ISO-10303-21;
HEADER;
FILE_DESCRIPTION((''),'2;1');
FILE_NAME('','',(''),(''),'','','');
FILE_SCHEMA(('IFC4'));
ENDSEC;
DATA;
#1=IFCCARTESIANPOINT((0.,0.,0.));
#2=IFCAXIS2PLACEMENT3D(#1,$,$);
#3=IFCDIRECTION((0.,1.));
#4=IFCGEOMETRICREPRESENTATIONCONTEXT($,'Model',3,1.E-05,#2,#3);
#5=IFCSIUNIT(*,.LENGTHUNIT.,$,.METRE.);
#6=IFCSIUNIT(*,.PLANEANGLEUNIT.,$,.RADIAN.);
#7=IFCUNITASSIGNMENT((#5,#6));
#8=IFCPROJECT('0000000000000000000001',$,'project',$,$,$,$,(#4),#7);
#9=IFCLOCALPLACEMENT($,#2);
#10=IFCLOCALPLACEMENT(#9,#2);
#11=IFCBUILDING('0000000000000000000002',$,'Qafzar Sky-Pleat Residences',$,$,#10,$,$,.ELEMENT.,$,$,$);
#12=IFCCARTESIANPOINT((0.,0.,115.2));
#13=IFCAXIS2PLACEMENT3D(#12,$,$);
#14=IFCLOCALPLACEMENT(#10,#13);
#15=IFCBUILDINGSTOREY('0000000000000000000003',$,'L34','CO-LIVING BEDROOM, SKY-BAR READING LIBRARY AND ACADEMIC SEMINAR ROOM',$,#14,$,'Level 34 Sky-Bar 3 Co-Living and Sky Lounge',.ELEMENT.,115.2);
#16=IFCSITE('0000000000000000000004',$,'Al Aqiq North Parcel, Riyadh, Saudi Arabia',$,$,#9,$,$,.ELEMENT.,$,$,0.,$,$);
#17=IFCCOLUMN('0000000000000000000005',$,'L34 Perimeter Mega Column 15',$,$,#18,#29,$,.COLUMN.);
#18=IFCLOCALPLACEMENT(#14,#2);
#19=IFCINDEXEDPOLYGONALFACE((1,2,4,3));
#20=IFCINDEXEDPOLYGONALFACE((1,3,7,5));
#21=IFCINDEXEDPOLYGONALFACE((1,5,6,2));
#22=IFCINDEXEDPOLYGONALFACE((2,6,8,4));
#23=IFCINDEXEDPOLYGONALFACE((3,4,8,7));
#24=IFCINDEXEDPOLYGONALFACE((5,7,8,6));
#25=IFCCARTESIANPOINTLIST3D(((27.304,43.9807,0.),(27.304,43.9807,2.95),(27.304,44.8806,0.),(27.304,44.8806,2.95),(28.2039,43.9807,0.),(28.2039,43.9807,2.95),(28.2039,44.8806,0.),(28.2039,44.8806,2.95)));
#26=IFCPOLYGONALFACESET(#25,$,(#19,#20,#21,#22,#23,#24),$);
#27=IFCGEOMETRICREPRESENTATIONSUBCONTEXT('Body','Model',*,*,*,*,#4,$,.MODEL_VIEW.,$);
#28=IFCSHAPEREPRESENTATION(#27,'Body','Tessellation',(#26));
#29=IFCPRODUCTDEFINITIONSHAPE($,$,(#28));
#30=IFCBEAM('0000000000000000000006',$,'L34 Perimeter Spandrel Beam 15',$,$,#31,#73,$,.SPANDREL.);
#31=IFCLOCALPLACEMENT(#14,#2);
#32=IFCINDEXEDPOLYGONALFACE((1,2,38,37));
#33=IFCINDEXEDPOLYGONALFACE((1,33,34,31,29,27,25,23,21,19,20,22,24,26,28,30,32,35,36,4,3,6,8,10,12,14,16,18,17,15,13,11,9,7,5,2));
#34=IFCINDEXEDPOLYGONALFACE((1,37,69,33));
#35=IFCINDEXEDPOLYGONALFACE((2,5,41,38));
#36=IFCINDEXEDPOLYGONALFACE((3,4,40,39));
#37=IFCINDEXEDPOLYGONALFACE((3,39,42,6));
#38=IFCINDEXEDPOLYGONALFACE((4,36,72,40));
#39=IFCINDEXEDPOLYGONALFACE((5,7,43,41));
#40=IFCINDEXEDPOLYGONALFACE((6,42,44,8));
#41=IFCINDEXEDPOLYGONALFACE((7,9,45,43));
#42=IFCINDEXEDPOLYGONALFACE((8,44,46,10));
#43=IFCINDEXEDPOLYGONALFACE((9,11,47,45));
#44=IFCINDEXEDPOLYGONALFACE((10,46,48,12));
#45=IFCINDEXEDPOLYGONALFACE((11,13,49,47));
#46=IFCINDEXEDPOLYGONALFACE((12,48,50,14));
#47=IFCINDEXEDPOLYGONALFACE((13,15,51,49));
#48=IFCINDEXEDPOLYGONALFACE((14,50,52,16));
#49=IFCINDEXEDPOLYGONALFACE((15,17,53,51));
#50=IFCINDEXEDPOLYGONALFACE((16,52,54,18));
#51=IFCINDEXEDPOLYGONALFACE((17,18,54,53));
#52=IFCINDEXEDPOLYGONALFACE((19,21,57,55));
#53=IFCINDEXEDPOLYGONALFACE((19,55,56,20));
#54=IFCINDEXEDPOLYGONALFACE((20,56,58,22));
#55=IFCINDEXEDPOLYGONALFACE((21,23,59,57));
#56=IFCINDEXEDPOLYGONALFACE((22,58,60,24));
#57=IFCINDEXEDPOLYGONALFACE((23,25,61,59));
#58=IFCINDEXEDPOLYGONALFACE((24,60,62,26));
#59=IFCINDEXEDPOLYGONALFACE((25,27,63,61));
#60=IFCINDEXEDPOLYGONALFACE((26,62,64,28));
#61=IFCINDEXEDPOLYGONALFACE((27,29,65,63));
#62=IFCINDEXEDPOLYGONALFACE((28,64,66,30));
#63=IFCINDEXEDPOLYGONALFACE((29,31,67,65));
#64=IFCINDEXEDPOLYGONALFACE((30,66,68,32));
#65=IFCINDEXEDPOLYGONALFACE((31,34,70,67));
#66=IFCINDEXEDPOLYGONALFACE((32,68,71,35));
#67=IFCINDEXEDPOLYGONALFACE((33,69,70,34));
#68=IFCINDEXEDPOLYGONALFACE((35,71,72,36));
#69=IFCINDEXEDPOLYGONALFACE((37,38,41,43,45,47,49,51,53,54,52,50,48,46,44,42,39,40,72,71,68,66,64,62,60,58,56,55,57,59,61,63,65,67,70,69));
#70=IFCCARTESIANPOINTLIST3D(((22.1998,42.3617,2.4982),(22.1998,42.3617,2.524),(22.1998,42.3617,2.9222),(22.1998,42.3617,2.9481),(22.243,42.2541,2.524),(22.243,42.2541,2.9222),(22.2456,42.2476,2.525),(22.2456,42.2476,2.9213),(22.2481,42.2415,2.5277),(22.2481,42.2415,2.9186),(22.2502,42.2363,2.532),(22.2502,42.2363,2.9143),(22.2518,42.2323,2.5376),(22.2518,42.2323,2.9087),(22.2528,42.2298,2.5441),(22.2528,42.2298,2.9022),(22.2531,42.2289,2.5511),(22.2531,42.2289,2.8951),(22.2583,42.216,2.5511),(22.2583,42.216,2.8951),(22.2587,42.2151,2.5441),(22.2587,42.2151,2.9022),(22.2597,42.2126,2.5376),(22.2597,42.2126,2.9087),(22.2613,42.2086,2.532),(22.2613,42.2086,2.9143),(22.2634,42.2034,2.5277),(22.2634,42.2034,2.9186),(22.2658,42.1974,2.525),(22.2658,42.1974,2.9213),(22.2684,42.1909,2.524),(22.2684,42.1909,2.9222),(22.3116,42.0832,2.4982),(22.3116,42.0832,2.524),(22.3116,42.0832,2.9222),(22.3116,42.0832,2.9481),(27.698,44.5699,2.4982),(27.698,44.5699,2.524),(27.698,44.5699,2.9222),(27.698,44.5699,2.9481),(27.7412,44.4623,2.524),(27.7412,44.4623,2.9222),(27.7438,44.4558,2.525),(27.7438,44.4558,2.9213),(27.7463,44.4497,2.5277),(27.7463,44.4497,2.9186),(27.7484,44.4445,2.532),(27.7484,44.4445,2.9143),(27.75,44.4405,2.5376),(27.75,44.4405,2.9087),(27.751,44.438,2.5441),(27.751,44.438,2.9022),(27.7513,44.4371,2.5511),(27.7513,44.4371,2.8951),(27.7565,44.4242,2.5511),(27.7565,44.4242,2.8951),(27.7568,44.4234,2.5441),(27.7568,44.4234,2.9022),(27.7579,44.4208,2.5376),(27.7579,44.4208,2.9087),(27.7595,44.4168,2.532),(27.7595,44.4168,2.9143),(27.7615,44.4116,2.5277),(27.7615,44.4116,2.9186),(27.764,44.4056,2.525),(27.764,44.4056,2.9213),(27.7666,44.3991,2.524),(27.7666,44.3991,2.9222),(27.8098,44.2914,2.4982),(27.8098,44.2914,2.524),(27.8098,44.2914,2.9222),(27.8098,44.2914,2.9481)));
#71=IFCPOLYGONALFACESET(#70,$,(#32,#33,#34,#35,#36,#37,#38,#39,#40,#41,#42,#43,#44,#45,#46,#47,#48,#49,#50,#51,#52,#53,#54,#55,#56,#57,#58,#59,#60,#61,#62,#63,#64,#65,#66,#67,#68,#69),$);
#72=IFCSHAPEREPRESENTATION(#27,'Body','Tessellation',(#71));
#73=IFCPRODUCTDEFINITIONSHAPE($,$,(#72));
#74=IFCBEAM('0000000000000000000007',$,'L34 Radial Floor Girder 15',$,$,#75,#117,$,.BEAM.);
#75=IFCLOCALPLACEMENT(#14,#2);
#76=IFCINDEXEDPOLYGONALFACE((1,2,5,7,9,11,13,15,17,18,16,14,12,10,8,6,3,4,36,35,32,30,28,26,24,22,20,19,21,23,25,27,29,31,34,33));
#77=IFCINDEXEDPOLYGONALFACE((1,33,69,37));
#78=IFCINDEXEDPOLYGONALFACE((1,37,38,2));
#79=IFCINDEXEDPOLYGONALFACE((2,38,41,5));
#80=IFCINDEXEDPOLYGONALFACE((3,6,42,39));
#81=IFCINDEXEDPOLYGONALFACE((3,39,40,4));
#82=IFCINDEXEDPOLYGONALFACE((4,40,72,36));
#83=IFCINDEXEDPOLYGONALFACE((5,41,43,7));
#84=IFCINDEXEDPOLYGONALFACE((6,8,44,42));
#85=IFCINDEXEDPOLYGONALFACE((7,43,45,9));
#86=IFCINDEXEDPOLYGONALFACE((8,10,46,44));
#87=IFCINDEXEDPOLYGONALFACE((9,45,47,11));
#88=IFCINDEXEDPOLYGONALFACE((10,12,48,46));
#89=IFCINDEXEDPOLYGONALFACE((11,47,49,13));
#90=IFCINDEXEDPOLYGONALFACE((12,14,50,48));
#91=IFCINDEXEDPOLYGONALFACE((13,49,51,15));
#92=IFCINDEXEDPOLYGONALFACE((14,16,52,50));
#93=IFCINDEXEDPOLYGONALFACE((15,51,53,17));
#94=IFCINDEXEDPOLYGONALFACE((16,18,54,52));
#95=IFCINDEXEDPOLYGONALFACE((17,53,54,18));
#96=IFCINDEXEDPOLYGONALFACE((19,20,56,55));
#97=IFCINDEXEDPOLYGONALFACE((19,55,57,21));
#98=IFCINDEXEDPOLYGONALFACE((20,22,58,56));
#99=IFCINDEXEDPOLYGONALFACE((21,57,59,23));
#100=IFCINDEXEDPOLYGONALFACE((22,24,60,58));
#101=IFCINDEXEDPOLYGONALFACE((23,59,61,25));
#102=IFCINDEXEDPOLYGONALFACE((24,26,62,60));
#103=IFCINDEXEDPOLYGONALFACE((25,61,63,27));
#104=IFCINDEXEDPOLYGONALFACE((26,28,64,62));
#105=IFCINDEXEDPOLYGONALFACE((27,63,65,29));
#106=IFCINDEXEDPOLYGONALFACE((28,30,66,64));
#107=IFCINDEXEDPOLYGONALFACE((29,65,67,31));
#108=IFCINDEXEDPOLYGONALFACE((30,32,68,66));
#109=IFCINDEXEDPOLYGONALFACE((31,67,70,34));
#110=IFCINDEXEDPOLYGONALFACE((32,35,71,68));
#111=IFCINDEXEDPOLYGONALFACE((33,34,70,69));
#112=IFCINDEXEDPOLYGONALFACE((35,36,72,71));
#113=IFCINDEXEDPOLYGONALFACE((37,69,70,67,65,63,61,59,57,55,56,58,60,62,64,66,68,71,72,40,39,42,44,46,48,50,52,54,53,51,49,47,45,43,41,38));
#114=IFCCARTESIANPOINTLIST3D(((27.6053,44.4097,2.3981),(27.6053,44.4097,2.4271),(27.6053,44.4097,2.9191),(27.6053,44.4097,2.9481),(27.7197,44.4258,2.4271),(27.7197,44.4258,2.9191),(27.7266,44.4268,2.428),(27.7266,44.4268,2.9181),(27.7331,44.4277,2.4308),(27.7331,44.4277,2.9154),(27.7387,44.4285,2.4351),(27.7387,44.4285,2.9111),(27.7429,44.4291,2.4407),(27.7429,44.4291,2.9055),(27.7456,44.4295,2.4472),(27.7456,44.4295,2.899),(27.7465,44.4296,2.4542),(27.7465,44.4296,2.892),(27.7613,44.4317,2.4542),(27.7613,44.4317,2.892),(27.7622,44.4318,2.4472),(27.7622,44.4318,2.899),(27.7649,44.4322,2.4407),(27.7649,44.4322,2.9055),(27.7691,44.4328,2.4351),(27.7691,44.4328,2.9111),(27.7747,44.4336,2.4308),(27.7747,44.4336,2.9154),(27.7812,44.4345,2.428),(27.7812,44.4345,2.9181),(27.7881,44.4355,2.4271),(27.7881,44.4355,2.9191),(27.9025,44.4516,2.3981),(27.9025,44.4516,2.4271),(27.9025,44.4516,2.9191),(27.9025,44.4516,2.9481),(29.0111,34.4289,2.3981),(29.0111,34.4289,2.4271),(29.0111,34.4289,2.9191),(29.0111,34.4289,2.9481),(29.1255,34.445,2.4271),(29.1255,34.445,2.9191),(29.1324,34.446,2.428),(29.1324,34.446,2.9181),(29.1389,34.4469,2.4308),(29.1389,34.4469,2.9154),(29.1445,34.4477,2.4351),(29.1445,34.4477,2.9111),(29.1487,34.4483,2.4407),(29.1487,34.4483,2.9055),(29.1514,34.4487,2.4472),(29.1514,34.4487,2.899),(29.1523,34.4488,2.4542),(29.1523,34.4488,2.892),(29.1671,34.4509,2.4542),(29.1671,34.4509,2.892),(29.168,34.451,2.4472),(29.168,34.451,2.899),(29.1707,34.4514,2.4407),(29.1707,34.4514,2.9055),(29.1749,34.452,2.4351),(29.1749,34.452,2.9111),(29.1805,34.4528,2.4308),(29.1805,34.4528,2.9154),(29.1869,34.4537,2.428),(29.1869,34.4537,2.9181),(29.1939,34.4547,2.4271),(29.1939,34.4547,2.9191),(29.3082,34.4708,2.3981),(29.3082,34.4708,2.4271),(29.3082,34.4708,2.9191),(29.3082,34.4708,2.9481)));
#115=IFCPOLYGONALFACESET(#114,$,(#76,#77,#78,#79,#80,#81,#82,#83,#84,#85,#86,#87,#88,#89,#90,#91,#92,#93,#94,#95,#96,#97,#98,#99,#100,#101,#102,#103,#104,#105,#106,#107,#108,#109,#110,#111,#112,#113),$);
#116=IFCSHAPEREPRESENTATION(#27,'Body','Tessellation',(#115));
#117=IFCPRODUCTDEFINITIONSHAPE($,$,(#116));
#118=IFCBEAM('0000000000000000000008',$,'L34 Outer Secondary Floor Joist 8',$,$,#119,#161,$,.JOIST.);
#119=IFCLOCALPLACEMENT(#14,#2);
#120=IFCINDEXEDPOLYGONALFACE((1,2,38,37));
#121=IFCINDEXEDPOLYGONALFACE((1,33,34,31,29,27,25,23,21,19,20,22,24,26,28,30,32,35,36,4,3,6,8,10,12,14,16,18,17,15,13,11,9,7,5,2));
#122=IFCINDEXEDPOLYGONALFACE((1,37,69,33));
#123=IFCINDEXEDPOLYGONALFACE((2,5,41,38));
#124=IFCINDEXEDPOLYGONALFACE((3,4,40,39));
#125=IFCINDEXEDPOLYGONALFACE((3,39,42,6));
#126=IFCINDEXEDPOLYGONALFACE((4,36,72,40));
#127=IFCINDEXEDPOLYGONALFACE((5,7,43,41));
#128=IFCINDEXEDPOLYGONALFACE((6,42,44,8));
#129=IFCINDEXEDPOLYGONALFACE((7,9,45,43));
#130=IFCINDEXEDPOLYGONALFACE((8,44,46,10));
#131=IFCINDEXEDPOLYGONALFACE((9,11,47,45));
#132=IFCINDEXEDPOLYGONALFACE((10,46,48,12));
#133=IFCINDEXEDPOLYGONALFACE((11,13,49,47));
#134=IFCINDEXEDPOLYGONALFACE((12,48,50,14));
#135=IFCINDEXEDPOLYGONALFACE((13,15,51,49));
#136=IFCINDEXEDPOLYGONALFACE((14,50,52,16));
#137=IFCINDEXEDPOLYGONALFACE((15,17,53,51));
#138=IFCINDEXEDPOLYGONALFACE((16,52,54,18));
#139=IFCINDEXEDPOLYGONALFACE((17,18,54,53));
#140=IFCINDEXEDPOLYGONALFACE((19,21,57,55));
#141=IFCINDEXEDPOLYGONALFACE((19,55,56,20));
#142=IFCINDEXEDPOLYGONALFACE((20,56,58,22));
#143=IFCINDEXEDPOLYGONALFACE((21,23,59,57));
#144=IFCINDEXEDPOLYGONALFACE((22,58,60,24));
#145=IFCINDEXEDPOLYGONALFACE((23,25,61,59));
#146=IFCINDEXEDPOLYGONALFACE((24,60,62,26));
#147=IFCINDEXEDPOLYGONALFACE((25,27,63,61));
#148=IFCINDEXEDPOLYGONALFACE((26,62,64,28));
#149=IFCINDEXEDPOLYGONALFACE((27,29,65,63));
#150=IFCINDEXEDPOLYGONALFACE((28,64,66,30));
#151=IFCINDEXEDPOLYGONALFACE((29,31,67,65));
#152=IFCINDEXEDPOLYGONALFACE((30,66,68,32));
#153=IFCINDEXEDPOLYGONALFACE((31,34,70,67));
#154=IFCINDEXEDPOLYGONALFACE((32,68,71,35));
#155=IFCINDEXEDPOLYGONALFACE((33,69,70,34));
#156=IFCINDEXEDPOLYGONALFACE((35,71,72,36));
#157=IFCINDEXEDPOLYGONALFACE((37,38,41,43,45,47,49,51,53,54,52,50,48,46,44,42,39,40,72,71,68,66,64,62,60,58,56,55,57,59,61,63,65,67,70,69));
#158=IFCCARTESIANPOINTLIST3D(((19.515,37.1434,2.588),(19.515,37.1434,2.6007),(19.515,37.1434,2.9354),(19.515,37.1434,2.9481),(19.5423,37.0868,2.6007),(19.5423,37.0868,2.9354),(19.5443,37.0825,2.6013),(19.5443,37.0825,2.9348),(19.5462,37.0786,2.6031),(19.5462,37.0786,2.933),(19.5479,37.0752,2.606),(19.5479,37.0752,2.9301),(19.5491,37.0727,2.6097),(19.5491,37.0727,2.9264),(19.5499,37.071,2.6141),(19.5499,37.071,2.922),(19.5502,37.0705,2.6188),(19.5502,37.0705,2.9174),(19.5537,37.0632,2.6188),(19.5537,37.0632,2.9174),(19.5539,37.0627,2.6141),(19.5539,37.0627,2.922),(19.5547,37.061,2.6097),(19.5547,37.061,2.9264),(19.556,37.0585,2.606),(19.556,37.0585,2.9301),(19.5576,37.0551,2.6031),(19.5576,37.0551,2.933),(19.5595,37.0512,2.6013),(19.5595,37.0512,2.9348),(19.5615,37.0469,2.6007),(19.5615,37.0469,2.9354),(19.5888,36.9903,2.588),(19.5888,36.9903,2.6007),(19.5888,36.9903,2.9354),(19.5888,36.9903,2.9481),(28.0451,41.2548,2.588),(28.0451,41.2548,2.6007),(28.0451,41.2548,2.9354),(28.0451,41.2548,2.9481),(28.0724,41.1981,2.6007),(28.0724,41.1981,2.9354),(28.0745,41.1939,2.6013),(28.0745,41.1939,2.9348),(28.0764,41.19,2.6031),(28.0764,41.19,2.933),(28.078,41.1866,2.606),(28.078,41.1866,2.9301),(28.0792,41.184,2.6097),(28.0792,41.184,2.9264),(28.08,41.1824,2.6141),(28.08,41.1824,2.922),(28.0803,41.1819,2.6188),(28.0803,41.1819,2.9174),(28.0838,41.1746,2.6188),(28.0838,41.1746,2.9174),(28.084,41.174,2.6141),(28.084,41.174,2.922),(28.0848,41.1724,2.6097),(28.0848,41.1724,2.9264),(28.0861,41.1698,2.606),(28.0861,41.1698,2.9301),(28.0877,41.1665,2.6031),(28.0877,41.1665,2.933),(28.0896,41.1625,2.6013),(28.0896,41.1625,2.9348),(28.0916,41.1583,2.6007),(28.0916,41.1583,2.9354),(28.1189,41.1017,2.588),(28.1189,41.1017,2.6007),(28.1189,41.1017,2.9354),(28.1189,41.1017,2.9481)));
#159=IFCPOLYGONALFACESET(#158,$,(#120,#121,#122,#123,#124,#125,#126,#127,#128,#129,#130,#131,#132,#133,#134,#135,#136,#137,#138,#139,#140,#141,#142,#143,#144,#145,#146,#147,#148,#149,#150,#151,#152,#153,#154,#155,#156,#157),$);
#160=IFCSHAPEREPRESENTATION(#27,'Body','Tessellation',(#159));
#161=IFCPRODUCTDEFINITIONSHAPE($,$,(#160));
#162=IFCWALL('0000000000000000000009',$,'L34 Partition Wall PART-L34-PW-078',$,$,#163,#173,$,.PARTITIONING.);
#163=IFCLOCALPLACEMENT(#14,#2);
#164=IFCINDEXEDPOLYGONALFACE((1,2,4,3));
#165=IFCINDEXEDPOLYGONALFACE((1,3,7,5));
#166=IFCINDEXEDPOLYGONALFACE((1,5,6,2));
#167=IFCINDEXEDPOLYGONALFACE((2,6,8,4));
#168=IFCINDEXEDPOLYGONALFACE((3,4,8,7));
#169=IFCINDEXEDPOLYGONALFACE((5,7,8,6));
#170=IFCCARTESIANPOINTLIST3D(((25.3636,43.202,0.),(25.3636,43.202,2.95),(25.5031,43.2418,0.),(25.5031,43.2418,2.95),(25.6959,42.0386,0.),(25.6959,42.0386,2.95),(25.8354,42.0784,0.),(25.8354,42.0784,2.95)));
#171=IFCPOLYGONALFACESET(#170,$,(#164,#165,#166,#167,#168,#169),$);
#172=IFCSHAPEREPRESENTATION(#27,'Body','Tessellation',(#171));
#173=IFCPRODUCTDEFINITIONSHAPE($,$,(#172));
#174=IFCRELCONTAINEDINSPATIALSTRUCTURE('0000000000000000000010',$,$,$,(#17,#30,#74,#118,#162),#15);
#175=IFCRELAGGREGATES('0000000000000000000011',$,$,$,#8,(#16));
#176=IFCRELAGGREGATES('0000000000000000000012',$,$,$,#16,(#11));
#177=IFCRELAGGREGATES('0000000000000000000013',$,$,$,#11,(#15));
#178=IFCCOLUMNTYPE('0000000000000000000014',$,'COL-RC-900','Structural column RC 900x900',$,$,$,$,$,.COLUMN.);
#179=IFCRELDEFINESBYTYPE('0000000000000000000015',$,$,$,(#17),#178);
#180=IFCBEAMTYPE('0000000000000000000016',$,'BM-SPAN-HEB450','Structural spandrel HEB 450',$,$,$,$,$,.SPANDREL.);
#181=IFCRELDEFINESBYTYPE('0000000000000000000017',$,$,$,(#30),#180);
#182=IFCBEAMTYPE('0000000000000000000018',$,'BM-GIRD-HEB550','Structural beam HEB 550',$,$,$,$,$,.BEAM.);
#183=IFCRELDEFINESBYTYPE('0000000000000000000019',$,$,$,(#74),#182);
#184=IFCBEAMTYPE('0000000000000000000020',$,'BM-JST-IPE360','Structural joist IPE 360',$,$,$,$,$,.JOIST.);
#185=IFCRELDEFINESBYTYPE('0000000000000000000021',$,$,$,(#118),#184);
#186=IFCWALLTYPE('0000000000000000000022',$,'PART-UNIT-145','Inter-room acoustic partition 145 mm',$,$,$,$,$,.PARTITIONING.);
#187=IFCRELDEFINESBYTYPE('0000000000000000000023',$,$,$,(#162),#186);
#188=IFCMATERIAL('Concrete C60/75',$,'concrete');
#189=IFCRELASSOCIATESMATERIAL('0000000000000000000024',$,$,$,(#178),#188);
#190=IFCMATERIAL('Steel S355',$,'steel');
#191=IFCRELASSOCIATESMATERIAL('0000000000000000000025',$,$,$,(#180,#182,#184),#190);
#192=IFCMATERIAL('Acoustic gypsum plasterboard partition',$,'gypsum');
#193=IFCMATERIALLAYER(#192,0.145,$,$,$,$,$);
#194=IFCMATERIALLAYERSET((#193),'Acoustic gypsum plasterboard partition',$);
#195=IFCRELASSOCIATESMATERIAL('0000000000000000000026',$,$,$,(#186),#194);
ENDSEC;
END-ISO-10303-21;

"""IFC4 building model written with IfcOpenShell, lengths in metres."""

from ifc_helpers import new_model, si_unit, direction, frame, frame_2d, origin, origin_2d, place, context, subcontext, project, spatial, rectangle, i_section, extrude, source, transform, mapped, material, layer, layer_set, material_profile, profile_set, type_object, element, save


model = new_model("IFC4")

# Units and contexts
model_context = context("Model", 3, precision=1e-05, world=origin(), true_north=direction((0.0, 1.0)))
body_context = subcontext(model_context, "Body", "Model", "MODEL_VIEW")
ifc_project = project(units=[si_unit("LENGTHUNIT", "METRE"), si_unit("PLANEANGLEUNIT", "RADIAN")], contexts=[model_context])

# Site, building, storey
site_placement = place(None, origin())
site = spatial("IfcSite", under=ifc_project, at=site_placement, Name="Al Aqiq North Parcel, Riyadh, Saudi Arabia", CompositionType="ELEMENT", RefElevation=0.0)
building_placement = place(site_placement, origin())
building = spatial("IfcBuilding", under=site, at=building_placement, Name="Qafzar Sky-Pleat Residences", CompositionType="ELEMENT")
storey_placement = place(building_placement, frame((0.0, 0.0, 115.2)))
storey = spatial("IfcBuildingStorey", under=building, at=storey_placement, Name="L34", Description="CO-LIVING BEDROOM, SKY-BAR READING LIBRARY AND ACADEMIC SEMINAR ROOM", LongName="Level 34 Sky-Bar 3 Co-Living and Sky Lounge", CompositionType="ELEMENT", Elevation=115.2)

# Column
ifc_material_1 = material(Name="Concrete C60/75", Category="concrete")
ifc_material_profile_1 = material_profile(ifc_material_1, rectangle(XDim=0.8999, YDim=0.8999, at=origin_2d()), Name="RC 900x900")
ifc_profile_set_1 = profile_set([ifc_material_profile_1], Name="Concrete C60/75")
column_type = type_object("IfcColumnType", Name="COL-RC-900", Description="Structural column RC 900x900", PredefinedType="COLUMN", material=ifc_profile_set_1)
shared_shape_1 = source(origin(), body_context, "Body", "SweptSolid", [
    extrude(rectangle(XDim=0.8999, YDim=0.8999, at=origin_2d()), origin(), (0.0, 0.0, 1.0), 2.95),
])
column_placement = place(storey_placement, frame((27.7539, 44.4307, 0.0), z_axis=(0.0, 0.0, 1.0), x_axis=(1.0, 0.0, 0.0)))
element("IfcColumn", 1, at=column_placement, inside=storey, type_object=column_type, Name="L34 Perimeter Mega Column 15", PredefinedType="COLUMN", context=body_context, shape_type="MappedRepresentation", body=[
    mapped(shared_shape_1, transform((0.0, 0.0, 0.0), x_axis=(1.0, 0.0, 0.0), y_axis=(0.0, 1.0, 0.0), z_axis=(0.0, 0.0, 1.0), scale=1.0)),
])

# Beams
ifc_material_2 = material(Name="Steel S355", Category="steel")
ifc_material_profile_2 = material_profile(ifc_material_2, i_section(OverallWidth=0.3, OverallDepth=0.45, WebThickness=0.0139, FlangeThickness=0.0259, FilletRadius=0.0271, at=origin_2d()), Name="HEB 450")
ifc_profile_set_2 = profile_set([ifc_material_profile_2], Name="Steel S355")
beam_type_1 = type_object("IfcBeamType", Name="BM-SPAN-HEB450", Description="Structural spandrel HEB 450", PredefinedType="SPANDREL", material=ifc_profile_set_2)
shared_shape_2 = source(origin(), body_context, "Body", "SweptSolid", [
    extrude(i_section(OverallWidth=0.3, OverallDepth=0.45, WebThickness=0.0139, FlangeThickness=0.0259, FilletRadius=0.0271, at=origin_2d()), origin(), (0.0, 0.0, 1.0), 5.925),
])
beam_1_placement = place(storey_placement, frame((27.7539, 44.4307, 2.7231), z_axis=(-0.927956, -0.37269, 0.0), x_axis=(0.37269, -0.927956, 0.0)))
element("IfcBeam", 2, at=beam_1_placement, inside=storey, type_object=beam_type_1, Name="L34 Perimeter Spandrel Beam 15", PredefinedType="SPANDREL", context=body_context, shape_type="MappedRepresentation", body=[
    mapped(shared_shape_2, transform((0.0, 0.0, 0.0), x_axis=(1.0, 0.0, 0.0), y_axis=(0.0, 1.0, 0.0), z_axis=(0.0, 0.0, 1.0), scale=1.0)),
])
ifc_material_profile_3 = material_profile(ifc_material_2, i_section(OverallWidth=0.3, OverallDepth=0.55, WebThickness=0.0149, FlangeThickness=0.0291, FilletRadius=0.0271, at=origin_2d()), Name="HEB 550")
ifc_profile_set_3 = profile_set([ifc_material_profile_3], Name="Steel S355")
beam_type_2 = type_object("IfcBeamType", Name="BM-GIRD-HEB550", Description="Structural beam HEB 550", PredefinedType="BEAM", material=ifc_profile_set_3)
shared_shape_3 = source(origin(), body_context, "Body", "SweptSolid", [
    extrude(i_section(OverallWidth=0.3, OverallDepth=0.55, WebThickness=0.0149, FlangeThickness=0.0291, FilletRadius=0.0271, at=origin_2d()), origin(), (0.0, 0.0, 1.0), 10.0793),
])
beam_2_placement = place(storey_placement, frame((27.7539, 44.4307, 2.6731), z_axis=(0.139471, -0.990226, 0.0), x_axis=(0.990226, 0.139471, 0.0)))
element("IfcBeam", 3, at=beam_2_placement, inside=storey, type_object=beam_type_2, Name="L34 Radial Floor Girder 15", PredefinedType="BEAM", context=body_context, shape_type="MappedRepresentation", body=[
    mapped(shared_shape_3, transform((0.0, 0.0, 0.0), x_axis=(1.0, 0.0, 0.0), y_axis=(0.0, 1.0, 0.0), z_axis=(0.0, 0.0, 1.0), scale=1.0)),
])
ifc_material_profile_4 = material_profile(ifc_material_2, i_section(OverallWidth=0.1699, OverallDepth=0.3601, WebThickness=0.0081, FlangeThickness=0.0127, FilletRadius=0.0181, at=origin_2d()), Name="IPE 360")
ifc_profile_set_4 = profile_set([ifc_material_profile_4], Name="Steel S355")
beam_type_3 = type_object("IfcBeamType", Name="BM-JST-IPE360", Description="Structural joist IPE 360", PredefinedType="JOIST", material=ifc_profile_set_4)
shared_shape_4 = source(origin(), body_context, "Body", "SweptSolid", [
    extrude(i_section(OverallWidth=0.1699, OverallDepth=0.3601, WebThickness=0.0081, FlangeThickness=0.0127, FilletRadius=0.0181, at=origin_2d()), origin(), (0.0, 0.0, 1.0), 9.4692),
])
beam_3_placement = place(storey_placement, frame((28.082, 41.1782, 2.7681), z_axis=(-0.900825, -0.434182, 0.0), x_axis=(0.434182, -0.900825, 0.0)))
element("IfcBeam", 4, at=beam_3_placement, inside=storey, type_object=beam_type_3, Name="L34 Outer Secondary Floor Joist 8", PredefinedType="JOIST", context=body_context, shape_type="MappedRepresentation", body=[
    mapped(shared_shape_4, transform((0.0, 0.0, 0.0), x_axis=(1.0, 0.0, 0.0), y_axis=(0.0, 1.0, 0.0), z_axis=(0.0, 0.0, 1.0), scale=1.0)),
])

# Wall
ifc_material_3 = material(Name="Acoustic gypsum plasterboard partition", Category="gypsum")
ifc_layer_1 = layer(ifc_material_3, 0.145)
ifc_layer_set_1 = layer_set([ifc_layer_1], Name="Acoustic gypsum plasterboard partition")
wall_type_1 = type_object("IfcWallType", Name="PART-UNIT-145", Description="Inter-room acoustic partition 145 mm", PredefinedType="PARTITIONING", material=ifc_layer_set_1)
wall_1_placement = place(storey_placement, frame((25.4333, 43.2219, 0.0), z_axis=(0.0, 0.0, 1.0), x_axis=(0.274641, -0.961547, 0.0)))
element("IfcWall", 5, at=wall_1_placement, inside=storey, type_object=wall_type_1, Name="L34 Partition Wall PART-L34-PW-078", PredefinedType="PARTITIONING", context=body_context, shape_type="SweptSolid", body=[
    extrude(rectangle(XDim=1.21, YDim=0.145, at=frame_2d((0.605, 0.0))), origin(), (0.0, 0.0, 1.0), 2.95),
])

save(model, "model.ifc")
